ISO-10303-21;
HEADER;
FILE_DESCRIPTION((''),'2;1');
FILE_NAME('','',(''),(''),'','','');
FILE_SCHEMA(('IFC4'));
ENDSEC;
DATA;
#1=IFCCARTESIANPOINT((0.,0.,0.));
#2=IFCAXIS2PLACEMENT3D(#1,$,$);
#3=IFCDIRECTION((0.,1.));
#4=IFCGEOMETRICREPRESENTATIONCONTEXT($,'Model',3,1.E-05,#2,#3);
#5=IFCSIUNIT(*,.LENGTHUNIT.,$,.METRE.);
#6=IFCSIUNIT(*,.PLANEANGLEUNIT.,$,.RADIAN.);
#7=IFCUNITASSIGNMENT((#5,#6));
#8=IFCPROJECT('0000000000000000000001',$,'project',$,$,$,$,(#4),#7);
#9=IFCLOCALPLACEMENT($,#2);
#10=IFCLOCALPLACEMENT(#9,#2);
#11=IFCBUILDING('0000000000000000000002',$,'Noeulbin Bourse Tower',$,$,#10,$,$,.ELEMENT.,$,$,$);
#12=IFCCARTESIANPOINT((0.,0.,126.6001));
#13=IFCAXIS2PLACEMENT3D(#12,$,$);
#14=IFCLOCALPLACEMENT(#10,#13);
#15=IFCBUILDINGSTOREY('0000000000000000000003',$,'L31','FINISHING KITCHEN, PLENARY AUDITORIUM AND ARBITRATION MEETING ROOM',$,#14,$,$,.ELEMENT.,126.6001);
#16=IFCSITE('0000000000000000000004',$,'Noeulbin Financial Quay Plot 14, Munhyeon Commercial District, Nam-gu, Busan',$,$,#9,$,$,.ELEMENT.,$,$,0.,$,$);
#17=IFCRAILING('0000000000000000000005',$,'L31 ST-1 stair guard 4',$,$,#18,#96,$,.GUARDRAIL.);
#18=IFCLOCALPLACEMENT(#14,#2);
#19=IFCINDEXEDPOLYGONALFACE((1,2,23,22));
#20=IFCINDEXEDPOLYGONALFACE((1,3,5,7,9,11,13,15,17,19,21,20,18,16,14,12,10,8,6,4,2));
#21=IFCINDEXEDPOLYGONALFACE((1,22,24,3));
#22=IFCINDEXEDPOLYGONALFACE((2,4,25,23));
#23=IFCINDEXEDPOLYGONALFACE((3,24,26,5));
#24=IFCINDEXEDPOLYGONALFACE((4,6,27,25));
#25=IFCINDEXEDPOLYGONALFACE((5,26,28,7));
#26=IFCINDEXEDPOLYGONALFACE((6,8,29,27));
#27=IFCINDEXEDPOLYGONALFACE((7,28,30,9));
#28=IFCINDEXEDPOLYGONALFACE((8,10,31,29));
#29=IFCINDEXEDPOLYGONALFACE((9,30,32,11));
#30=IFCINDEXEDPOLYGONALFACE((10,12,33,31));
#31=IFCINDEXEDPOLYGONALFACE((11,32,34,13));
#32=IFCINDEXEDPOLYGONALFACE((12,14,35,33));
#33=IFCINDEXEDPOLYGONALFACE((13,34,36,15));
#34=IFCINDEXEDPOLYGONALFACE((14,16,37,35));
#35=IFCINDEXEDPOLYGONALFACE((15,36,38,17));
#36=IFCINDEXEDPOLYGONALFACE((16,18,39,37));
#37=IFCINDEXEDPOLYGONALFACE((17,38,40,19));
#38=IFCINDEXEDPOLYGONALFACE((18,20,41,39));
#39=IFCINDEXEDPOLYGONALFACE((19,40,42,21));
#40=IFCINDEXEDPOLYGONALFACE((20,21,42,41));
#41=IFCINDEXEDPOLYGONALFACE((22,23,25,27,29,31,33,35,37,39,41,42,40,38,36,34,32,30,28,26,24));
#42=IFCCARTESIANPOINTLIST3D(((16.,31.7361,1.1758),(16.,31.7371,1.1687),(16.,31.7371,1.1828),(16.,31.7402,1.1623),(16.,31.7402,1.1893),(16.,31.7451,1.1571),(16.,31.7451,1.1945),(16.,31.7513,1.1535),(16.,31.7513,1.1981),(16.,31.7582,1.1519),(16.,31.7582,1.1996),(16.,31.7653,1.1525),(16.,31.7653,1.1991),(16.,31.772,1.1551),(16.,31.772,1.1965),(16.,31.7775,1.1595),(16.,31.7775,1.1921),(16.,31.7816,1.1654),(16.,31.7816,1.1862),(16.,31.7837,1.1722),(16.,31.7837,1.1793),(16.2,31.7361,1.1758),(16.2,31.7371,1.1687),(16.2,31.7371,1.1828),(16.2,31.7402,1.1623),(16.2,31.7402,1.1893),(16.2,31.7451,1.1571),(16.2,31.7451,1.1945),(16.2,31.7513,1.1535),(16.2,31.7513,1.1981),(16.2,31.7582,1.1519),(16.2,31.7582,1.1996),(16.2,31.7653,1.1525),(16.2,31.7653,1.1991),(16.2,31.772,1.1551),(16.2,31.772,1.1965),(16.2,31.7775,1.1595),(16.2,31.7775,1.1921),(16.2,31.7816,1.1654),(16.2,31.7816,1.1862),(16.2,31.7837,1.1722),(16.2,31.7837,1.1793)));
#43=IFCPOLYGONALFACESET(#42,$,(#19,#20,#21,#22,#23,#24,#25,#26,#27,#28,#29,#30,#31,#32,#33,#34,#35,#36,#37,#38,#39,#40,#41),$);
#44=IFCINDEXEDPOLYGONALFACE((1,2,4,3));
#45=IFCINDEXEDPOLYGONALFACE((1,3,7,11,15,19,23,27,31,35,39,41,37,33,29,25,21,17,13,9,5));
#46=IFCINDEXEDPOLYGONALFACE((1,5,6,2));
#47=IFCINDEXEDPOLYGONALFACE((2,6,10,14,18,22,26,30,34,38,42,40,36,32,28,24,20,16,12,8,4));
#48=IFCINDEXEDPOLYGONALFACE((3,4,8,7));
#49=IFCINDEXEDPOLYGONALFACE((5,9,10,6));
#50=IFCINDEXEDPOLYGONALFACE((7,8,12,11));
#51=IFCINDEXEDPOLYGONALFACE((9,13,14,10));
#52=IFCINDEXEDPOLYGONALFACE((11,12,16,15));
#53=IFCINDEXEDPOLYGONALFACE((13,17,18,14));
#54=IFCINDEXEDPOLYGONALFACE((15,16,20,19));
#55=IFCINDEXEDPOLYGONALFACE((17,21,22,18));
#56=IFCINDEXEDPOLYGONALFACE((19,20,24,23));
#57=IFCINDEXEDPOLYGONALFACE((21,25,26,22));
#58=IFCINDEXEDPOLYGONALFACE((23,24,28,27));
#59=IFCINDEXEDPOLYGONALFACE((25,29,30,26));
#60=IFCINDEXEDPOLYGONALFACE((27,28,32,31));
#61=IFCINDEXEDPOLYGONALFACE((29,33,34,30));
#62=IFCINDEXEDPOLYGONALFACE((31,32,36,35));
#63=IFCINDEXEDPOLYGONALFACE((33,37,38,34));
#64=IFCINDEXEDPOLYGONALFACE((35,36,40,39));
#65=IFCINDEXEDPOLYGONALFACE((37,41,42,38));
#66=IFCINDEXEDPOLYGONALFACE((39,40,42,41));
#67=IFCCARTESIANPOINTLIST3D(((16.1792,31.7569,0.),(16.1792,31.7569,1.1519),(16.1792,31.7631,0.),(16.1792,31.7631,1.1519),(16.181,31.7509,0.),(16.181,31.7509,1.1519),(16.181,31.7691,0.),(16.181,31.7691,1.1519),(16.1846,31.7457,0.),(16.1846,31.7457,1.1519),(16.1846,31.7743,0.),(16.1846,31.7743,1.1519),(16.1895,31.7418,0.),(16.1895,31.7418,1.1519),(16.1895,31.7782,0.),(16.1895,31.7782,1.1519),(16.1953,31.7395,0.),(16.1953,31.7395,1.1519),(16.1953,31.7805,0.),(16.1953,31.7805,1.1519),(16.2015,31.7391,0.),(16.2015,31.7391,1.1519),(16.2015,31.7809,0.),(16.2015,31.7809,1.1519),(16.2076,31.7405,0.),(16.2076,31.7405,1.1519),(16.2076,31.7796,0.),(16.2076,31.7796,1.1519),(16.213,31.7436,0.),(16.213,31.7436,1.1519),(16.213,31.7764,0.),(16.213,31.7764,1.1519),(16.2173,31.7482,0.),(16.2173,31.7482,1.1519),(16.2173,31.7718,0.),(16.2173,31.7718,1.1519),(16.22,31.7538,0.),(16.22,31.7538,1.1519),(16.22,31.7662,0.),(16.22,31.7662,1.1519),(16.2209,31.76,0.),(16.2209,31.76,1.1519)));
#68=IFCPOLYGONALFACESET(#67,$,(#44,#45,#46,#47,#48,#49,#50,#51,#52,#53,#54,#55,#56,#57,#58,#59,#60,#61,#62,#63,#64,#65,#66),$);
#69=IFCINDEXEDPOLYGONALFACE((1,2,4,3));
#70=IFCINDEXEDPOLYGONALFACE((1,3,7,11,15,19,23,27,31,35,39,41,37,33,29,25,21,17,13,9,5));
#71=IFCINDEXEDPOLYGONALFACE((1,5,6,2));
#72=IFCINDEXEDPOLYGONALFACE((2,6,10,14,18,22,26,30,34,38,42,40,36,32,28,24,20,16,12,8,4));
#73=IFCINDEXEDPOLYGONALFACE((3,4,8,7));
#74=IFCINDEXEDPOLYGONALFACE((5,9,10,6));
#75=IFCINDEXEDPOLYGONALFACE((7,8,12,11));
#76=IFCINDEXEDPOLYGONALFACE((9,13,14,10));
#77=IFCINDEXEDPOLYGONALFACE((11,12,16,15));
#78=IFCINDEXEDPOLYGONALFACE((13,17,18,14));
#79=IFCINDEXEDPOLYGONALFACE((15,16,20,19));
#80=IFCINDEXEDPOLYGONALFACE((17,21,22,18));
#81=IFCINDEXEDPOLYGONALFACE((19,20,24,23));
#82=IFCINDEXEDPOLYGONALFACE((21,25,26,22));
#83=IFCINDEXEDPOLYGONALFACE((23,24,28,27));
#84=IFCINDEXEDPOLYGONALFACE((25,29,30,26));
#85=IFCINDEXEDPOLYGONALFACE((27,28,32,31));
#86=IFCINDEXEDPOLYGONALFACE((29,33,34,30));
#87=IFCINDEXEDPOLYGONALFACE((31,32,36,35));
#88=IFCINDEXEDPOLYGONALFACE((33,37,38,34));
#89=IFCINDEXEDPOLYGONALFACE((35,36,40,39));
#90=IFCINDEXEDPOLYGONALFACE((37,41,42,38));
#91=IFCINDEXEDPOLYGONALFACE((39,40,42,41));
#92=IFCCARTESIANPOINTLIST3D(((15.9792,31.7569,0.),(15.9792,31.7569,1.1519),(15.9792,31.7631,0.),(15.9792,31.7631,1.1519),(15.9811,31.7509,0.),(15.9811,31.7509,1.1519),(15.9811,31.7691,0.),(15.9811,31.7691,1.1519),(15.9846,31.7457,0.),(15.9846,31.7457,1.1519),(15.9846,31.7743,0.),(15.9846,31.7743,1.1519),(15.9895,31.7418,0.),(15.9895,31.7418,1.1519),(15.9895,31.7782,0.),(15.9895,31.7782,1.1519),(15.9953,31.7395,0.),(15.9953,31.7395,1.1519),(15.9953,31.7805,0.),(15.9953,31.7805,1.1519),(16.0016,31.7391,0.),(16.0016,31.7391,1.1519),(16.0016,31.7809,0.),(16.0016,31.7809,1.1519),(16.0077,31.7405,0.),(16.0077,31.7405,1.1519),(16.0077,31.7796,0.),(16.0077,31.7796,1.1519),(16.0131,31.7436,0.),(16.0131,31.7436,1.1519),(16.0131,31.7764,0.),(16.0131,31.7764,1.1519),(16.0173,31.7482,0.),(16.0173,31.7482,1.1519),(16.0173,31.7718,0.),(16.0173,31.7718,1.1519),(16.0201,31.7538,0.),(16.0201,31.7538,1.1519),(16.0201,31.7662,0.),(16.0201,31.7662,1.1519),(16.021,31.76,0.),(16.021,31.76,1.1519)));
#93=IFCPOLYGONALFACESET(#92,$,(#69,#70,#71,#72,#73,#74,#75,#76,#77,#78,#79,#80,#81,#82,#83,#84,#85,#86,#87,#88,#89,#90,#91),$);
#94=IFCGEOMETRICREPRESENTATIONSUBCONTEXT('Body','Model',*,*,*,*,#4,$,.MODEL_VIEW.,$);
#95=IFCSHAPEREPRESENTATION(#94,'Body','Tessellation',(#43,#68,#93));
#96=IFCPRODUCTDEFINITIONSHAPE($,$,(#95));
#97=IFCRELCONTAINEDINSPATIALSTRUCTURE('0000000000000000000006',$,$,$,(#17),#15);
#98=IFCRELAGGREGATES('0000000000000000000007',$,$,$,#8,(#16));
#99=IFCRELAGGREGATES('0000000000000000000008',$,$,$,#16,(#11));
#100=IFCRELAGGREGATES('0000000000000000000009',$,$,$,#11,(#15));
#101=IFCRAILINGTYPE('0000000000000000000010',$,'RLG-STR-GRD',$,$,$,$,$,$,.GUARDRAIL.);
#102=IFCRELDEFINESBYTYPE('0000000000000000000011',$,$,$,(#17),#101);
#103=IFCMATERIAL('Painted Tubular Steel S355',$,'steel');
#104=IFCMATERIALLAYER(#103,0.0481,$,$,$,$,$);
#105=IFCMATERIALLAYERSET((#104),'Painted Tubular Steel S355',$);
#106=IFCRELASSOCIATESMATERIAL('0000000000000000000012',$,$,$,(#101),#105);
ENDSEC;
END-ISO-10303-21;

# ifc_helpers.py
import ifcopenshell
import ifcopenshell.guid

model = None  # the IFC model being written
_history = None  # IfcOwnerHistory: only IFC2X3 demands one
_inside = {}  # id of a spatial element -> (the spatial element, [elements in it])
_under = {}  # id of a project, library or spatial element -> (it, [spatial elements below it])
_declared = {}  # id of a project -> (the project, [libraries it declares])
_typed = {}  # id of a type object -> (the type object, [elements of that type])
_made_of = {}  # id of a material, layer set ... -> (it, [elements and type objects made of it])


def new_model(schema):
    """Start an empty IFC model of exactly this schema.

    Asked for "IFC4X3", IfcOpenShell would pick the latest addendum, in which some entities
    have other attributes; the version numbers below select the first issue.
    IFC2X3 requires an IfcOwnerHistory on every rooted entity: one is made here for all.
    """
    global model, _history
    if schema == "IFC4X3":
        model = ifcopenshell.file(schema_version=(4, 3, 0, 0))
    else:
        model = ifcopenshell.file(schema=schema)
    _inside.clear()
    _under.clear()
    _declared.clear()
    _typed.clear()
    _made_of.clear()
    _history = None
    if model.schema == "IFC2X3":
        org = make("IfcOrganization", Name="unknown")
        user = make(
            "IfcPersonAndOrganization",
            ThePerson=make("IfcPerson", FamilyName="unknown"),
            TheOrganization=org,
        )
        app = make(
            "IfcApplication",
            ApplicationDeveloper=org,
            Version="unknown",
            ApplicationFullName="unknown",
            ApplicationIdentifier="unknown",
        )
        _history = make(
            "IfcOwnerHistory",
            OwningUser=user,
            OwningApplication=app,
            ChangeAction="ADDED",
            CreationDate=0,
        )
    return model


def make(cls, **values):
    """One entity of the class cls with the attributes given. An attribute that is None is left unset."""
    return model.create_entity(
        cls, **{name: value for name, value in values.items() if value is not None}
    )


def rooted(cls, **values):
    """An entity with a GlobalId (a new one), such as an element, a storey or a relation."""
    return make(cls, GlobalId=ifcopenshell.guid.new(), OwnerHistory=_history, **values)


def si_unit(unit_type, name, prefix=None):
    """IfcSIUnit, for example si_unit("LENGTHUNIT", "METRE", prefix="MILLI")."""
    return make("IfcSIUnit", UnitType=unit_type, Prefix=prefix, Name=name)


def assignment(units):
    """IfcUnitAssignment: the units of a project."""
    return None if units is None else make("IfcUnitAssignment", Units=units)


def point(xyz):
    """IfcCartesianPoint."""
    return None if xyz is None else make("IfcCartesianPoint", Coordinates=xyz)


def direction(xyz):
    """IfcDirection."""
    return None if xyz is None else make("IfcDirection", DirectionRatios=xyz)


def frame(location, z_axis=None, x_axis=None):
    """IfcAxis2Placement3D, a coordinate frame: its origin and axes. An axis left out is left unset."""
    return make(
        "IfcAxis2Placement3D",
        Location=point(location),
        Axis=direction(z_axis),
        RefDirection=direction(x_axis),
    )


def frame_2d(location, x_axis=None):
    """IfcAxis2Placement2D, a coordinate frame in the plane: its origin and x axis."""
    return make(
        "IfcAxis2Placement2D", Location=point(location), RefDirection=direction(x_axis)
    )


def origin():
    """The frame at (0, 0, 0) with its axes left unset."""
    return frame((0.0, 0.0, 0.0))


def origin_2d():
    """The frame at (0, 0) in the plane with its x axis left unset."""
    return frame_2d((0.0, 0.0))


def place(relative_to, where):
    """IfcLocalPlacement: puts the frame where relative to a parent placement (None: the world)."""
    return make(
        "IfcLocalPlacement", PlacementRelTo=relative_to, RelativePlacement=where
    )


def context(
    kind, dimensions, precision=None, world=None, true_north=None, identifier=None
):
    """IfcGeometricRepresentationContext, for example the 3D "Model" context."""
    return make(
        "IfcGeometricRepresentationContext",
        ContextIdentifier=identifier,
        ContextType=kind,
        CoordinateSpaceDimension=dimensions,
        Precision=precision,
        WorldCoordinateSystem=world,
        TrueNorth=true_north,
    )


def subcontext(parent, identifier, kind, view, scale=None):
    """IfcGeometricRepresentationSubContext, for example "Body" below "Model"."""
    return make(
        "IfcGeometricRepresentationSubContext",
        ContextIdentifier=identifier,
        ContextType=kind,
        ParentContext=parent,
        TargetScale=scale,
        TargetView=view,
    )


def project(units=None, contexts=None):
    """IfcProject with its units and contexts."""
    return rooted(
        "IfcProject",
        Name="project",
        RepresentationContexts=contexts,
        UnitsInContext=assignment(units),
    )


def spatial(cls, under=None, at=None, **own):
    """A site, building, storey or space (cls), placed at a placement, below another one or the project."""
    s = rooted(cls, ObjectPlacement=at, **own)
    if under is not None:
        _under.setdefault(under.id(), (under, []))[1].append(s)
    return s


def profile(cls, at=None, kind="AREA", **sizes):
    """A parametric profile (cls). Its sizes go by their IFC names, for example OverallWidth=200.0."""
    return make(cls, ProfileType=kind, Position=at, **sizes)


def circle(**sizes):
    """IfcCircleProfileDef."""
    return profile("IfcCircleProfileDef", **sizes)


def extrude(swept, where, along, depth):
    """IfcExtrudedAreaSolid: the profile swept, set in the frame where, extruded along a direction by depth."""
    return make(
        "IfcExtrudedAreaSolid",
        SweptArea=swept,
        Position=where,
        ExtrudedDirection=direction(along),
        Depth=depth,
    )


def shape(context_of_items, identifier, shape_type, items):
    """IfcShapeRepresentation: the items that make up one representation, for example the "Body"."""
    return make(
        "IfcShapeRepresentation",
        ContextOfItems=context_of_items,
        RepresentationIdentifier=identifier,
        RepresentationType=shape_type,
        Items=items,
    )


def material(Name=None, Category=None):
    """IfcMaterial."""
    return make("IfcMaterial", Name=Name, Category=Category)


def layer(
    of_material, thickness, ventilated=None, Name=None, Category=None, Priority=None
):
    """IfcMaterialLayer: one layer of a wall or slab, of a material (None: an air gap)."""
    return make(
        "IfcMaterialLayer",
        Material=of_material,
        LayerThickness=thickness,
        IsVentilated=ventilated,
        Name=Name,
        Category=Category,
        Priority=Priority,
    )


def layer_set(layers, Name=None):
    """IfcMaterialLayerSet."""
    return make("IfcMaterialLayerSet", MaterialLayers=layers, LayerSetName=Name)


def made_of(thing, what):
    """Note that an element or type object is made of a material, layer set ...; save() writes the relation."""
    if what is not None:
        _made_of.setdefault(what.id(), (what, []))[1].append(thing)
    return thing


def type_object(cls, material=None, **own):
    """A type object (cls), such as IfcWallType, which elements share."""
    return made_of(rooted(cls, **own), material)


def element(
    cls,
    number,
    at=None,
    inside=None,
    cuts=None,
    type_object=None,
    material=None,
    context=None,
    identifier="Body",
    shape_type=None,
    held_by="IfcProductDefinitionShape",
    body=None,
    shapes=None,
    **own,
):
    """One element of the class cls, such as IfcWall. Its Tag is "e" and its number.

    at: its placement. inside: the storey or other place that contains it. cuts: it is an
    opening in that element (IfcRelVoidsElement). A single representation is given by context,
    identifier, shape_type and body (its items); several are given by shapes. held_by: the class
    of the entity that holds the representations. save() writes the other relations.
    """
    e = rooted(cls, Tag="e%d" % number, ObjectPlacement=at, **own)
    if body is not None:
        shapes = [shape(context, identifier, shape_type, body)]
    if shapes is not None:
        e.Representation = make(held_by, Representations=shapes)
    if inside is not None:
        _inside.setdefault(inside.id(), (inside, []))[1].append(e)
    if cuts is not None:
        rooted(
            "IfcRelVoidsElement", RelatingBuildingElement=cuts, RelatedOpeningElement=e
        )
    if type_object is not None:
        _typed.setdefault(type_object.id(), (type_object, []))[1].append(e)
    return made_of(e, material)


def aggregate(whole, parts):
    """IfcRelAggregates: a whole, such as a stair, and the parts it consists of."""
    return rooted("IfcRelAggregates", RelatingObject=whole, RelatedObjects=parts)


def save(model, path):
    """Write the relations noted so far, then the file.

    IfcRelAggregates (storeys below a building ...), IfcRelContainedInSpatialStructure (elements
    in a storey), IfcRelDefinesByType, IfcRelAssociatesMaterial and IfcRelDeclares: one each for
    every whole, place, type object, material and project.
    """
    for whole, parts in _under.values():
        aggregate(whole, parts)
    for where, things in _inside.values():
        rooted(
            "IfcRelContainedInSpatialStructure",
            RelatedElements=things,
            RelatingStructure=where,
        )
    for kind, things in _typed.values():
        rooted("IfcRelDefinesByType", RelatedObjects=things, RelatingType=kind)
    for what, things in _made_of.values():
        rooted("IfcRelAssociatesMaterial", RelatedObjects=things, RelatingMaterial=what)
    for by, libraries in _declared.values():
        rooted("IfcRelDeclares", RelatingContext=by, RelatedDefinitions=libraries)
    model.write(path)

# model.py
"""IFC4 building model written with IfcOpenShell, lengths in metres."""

from ifc_helpers import new_model, si_unit, direction, frame, origin, origin_2d, place, context, subcontext, project, spatial, circle, extrude, material, layer, layer_set, type_object, element, save


model = new_model("IFC4")

# Units and contexts
model_context = context("Model", 3, precision=1e-05, world=origin(), true_north=direction((0.0, 1.0)))
body_context = subcontext(model_context, "Body", "Model", "MODEL_VIEW")
ifc_project = project(units=[si_unit("LENGTHUNIT", "METRE"), si_unit("PLANEANGLEUNIT", "RADIAN")], contexts=[model_context])

# Site, building, storey
site_placement = place(None, origin())
site = spatial("IfcSite", under=ifc_project, at=site_placement, Name="Noeulbin Financial Quay Plot 14, Munhyeon Commercial District, Nam-gu, Busan", CompositionType="ELEMENT", RefElevation=0.0)
building_placement = place(site_placement, origin())
building = spatial("IfcBuilding", under=site, at=building_placement, Name="Noeulbin Bourse Tower", CompositionType="ELEMENT")
storey_placement = place(building_placement, frame((0.0, 0.0, 126.6001)))
storey = spatial("IfcBuildingStorey", under=building, at=storey_placement, Name="L31", Description="FINISHING KITCHEN, PLENARY AUDITORIUM AND ARBITRATION MEETING ROOM", CompositionType="ELEMENT", Elevation=126.6001)

# Railing
ifc_material_1 = material(Name="Painted Tubular Steel S355", Category="steel")
ifc_layer_1 = layer(ifc_material_1, 0.0481)
ifc_layer_set_1 = layer_set([ifc_layer_1], Name="Painted Tubular Steel S355")
railing_type_1 = type_object("IfcRailingType", Name="RLG-STR-GRD", PredefinedType="GUARDRAIL", material=ifc_layer_set_1)
railing_1_placement = place(storey_placement, frame((16.2, 31.76, 0.0)))
element("IfcRailing", 1, at=railing_1_placement, inside=storey, type_object=railing_type_1, Name="L31 ST-1 stair guard 4", PredefinedType="GUARDRAIL", context=body_context, shape_type="SweptSolid", body=[
    extrude(circle(Radius=0.0239, at=origin_2d()), frame((0.0, 0.0, 1.1758), z_axis=(-1.0, 0.0, 0.0), x_axis=(0.0, -1.0, 0.0)), (0.0, 0.0, 1.0), 0.2),
    extrude(circle(Radius=0.021, at=origin_2d()), origin(), (0.0, 0.0, 1.0), 1.1519),
    extrude(circle(Radius=0.021, at=origin_2d()), frame((-0.2, 0.0, 0.0)), (0.0, 0.0, 1.0), 1.1519),
])

save(model, "model.ifc")
